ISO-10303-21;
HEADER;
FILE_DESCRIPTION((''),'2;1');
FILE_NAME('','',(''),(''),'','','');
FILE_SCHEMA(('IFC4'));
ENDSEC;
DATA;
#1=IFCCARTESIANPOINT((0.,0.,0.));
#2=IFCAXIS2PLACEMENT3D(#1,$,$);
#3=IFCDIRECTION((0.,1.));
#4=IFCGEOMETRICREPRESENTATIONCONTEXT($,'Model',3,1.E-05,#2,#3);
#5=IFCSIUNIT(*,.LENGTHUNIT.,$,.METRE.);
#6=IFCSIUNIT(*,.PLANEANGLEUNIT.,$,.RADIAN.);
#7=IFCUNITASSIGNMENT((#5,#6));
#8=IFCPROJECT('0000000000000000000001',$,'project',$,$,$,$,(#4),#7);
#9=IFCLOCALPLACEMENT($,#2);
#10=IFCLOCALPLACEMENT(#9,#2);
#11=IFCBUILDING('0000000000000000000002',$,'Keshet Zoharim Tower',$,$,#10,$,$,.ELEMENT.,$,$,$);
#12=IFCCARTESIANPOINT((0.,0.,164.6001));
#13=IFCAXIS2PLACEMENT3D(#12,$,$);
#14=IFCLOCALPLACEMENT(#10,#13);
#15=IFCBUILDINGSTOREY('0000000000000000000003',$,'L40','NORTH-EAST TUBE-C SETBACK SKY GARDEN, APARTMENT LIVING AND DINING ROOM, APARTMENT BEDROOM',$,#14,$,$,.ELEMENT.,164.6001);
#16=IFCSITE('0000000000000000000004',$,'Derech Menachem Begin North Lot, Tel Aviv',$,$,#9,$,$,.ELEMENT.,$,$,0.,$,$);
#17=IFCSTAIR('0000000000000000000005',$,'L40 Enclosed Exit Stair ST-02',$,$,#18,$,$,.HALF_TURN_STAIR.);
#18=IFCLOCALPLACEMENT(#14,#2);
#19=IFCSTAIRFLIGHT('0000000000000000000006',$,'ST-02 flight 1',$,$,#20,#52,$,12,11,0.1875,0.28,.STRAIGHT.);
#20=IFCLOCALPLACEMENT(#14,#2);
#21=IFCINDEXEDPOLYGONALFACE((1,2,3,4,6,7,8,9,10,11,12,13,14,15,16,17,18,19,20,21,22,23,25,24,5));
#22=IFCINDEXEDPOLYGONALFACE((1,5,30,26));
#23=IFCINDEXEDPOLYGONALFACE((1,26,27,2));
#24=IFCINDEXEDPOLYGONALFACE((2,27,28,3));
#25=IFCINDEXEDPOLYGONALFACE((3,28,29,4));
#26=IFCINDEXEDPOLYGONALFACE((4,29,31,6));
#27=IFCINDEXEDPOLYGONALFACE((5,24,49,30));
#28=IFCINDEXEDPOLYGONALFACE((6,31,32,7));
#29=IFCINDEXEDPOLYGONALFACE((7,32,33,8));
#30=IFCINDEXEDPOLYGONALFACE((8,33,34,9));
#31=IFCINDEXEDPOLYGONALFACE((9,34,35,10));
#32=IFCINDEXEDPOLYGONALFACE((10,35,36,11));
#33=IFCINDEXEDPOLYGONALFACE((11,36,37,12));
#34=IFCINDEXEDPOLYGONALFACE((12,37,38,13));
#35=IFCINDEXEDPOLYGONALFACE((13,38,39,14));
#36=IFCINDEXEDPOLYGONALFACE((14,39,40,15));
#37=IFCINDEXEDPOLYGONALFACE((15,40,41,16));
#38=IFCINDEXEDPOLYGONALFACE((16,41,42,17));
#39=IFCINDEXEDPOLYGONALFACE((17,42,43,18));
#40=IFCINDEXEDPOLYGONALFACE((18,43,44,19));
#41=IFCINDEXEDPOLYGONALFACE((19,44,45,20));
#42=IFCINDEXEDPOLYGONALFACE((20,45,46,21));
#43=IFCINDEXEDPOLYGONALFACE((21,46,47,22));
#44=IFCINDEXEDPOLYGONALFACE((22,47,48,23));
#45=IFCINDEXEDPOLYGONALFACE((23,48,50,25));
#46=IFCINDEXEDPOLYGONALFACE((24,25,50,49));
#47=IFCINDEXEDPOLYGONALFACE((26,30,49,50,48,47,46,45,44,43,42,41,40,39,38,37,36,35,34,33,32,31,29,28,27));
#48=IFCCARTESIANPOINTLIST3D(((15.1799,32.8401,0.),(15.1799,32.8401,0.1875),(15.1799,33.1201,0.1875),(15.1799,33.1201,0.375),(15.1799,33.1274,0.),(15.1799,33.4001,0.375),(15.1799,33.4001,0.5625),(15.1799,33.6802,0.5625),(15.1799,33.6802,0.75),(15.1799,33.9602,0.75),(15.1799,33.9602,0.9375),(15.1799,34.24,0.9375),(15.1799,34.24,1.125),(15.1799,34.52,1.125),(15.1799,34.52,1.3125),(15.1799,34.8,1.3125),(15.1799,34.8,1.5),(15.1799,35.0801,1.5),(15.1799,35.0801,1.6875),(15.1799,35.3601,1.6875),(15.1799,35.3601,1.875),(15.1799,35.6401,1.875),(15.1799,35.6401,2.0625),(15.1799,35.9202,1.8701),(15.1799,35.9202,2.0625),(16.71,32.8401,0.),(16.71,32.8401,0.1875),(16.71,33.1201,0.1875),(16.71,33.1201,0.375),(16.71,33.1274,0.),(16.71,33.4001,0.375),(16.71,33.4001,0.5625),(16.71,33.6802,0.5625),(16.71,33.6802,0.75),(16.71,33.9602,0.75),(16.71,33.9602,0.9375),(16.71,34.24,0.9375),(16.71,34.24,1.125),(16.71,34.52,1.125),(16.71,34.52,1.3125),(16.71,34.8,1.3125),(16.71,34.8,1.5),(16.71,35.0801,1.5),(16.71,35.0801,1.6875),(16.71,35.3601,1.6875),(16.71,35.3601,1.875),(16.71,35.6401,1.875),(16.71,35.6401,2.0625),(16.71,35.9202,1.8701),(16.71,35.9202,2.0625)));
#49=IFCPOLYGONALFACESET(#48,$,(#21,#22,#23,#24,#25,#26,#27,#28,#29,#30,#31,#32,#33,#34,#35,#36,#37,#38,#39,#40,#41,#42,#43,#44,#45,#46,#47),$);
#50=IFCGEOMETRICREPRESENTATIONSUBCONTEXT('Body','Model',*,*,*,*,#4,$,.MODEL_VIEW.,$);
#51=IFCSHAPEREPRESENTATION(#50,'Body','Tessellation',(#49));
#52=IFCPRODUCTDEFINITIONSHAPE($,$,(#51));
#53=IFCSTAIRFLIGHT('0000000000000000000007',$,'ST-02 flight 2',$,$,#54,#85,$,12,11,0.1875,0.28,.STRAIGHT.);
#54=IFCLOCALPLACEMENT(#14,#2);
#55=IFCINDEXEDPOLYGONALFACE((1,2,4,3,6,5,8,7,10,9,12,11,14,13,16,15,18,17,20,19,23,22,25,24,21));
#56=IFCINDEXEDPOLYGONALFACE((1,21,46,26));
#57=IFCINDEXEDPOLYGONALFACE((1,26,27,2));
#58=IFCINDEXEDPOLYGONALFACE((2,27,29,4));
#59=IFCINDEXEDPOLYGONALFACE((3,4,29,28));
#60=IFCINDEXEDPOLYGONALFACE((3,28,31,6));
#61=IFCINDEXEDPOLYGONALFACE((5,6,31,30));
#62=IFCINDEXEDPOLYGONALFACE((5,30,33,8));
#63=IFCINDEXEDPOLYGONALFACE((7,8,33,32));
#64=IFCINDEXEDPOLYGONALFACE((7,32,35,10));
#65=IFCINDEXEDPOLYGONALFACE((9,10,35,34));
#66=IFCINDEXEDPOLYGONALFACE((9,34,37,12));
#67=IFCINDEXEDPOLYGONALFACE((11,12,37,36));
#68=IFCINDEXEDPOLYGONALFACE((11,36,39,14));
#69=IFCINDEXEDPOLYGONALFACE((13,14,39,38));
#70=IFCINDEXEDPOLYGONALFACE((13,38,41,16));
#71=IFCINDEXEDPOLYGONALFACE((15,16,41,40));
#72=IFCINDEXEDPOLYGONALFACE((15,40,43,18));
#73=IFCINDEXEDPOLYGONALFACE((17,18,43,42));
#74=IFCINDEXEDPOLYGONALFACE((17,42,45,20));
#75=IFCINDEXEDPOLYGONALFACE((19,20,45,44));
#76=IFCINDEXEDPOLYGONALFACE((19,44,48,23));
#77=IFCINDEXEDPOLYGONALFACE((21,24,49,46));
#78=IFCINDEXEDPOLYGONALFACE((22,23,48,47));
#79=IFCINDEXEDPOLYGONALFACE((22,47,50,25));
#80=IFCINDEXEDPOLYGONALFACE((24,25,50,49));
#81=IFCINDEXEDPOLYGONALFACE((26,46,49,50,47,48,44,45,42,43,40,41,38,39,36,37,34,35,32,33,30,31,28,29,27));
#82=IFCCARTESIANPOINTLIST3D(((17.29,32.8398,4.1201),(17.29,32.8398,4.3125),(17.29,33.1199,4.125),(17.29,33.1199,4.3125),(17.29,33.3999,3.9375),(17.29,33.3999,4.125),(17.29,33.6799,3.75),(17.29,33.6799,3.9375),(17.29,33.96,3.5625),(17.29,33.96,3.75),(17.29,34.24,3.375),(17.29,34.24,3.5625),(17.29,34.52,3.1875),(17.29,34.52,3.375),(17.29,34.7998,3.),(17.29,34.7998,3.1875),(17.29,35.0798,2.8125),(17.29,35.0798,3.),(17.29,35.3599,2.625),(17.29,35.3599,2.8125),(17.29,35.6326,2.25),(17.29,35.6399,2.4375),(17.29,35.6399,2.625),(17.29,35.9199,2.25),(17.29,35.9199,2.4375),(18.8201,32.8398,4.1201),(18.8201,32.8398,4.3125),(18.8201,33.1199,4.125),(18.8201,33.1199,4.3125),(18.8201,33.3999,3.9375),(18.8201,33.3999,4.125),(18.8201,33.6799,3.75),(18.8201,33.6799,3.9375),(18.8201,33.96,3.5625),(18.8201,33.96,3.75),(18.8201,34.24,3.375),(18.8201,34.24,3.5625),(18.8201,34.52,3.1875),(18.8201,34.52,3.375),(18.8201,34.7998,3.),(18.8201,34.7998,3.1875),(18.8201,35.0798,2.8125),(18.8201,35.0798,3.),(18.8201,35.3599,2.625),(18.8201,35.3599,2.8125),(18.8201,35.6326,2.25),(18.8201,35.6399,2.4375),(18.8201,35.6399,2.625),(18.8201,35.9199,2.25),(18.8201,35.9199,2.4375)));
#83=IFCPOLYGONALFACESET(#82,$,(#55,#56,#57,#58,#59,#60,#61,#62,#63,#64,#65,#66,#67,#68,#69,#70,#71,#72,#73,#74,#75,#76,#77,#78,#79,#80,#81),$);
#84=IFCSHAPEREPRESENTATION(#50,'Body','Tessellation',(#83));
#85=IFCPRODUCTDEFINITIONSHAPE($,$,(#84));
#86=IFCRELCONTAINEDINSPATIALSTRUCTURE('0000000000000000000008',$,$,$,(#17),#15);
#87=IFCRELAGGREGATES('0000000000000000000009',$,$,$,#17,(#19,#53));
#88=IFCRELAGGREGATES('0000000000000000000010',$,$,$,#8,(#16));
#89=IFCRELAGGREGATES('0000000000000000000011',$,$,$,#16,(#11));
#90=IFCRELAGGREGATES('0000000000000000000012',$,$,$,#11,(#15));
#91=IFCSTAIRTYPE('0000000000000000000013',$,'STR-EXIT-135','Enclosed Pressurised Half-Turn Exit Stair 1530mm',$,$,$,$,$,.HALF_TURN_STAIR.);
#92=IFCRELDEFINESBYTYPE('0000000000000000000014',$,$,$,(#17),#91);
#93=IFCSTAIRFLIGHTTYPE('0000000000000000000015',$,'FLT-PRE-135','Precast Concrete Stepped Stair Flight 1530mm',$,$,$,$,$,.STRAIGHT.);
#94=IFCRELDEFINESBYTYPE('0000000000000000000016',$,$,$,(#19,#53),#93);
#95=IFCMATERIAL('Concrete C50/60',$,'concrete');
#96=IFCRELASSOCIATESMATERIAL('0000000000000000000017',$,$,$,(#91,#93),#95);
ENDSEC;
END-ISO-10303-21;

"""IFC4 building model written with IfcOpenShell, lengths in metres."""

from ifc_helpers import new_model, si_unit, direction, frame, origin, place, context, subcontext, project, spatial, polyline, outline, extrude, material, type_object, element, aggregate, save


model = new_model("IFC4")

# Units and contexts
model_context = context("Model", 3, precision=1e-05, world=origin(), true_north=direction((0.0, 1.0)))
body_context = subcontext(model_context, "Body", "Model", "MODEL_VIEW")
ifc_project = project(units=[si_unit("LENGTHUNIT", "METRE"), si_unit("PLANEANGLEUNIT", "RADIAN")], contexts=[model_context])

# Site, building, storey
site_placement = place(None, origin())
site = spatial("IfcSite", under=ifc_project, at=site_placement, Name="Derech Menachem Begin North Lot, Tel Aviv", CompositionType="ELEMENT", RefElevation=0.0)
building_placement = place(site_placement, origin())
building = spatial("IfcBuilding", under=site, at=building_placement, Name="Keshet Zoharim Tower", CompositionType="ELEMENT")
storey_placement = place(building_placement, frame((0.0, 0.0, 164.6001)))
storey = spatial("IfcBuildingStorey", under=building, at=storey_placement, Name="L40", Description="NORTH-EAST TUBE-C SETBACK SKY GARDEN, APARTMENT LIVING AND DINING ROOM, APARTMENT BEDROOM", CompositionType="ELEMENT", Elevation=164.6001)

# Shared definitions
ifc_material_1 = material(Name="Concrete C50/60", Category="concrete")
stair_type = type_object("IfcStairType", Name="STR-EXIT-135", Description="Enclosed Pressurised Half-Turn Exit Stair 1530mm", PredefinedType="HALF_TURN_STAIR", material=ifc_material_1)
stair_flight_type = type_object("IfcStairFlightType", Name="FLT-PRE-135", Description="Precast Concrete Stepped Stair Flight 1530mm", PredefinedType="STRAIGHT", material=ifc_material_1)

# Stair, stair flights
stair_1_placement = place(storey_placement, origin())
stair_1 = element("IfcStair", 1, at=stair_1_placement, inside=storey, type_object=stair_type, Name="L40 Enclosed Exit Stair ST-02", PredefinedType="HALF_TURN_STAIR")
stair_flight_1_placement = place(storey_placement, frame((15.9451, 32.8401, 0.0), z_axis=(0.0, 0.0, 1.0), x_axis=(0.0, 1.0, 0.0)))
stair_flight_1 = element("IfcStairFlight", 2, at=stair_flight_1_placement, type_object=stair_flight_type, Name="ST-02 flight 1", NumberOfRisers=12, NumberOfTreads=11, PredefinedType="STRAIGHT", RiserHeight=0.1875, TreadLength=0.28, context=body_context, shape_type="SweptSolid", body=[
    extrude(outline(polyline([(0.0, 0.0), (0.0, 0.1875), (0.28, 0.1875), (0.28, 0.375), (0.5601, 0.375), (0.5601, 0.5625), (0.8401, 0.5625), (0.8401, 0.75), (1.1201, 0.75), (1.1201, 0.9375), (1.3999, 0.9375), (1.3999, 1.125), (1.6799, 1.125), (1.6799, 1.3125), (1.96, 1.3125), (1.96, 1.5), (2.24, 1.5), (2.24, 1.6875), (2.52, 1.6875), (2.52, 1.875), (2.8, 1.875), (2.8, 2.0625), (3.0801, 2.0625), (3.0801, 2.25), (3.0801, 1.8701), (0.2874, 0.0), (0.0, 0.0)])), frame((0.0, 0.7651, 0.0), z_axis=(0.0, -1.0, 0.0), x_axis=(1.0, 0.0, 0.0)), (0.0, 0.0, 1.0), 1.53),
])
stair_flight_2_placement = place(storey_placement, frame((18.0549, 35.9199, 2.25), z_axis=(0.0, 0.0, 1.0), x_axis=(0.0, -1.0, 0.0)))
stair_flight_2 = element("IfcStairFlight", 3, at=stair_flight_2_placement, type_object=stair_flight_type, Name="ST-02 flight 2", NumberOfRisers=12, NumberOfTreads=11, PredefinedType="STRAIGHT", RiserHeight=0.1875, TreadLength=0.28, context=body_context, shape_type="SweptSolid", body=[
    extrude(outline(polyline([(0.0, 0.0), (0.0, 0.1875), (0.28, 0.1875), (0.28, 0.375), (0.5601, 0.375), (0.5601, 0.5625), (0.8401, 0.5625), (0.8401, 0.75), (1.1201, 0.75), (1.1201, 0.9375), (1.3999, 0.9375), (1.3999, 1.125), (1.6799, 1.125), (1.6799, 1.3125), (1.96, 1.3125), (1.96, 1.5), (2.24, 1.5), (2.24, 1.6875), (2.52, 1.6875), (2.52, 1.875), (2.8, 1.875), (2.8, 2.0625), (3.0801, 2.0625), (3.0801, 2.25), (3.0801, 1.8701), (0.2874, 0.0), (0.0, 0.0)])), frame((0.0, 0.7651, 0.0), z_axis=(0.0, -1.0, 0.0), x_axis=(1.0, 0.0, 0.0)), (0.0, 0.0, 1.0), 1.53),
])
aggregate(stair_1, [stair_flight_1, stair_flight_2])

save(model, "model.ifc")
